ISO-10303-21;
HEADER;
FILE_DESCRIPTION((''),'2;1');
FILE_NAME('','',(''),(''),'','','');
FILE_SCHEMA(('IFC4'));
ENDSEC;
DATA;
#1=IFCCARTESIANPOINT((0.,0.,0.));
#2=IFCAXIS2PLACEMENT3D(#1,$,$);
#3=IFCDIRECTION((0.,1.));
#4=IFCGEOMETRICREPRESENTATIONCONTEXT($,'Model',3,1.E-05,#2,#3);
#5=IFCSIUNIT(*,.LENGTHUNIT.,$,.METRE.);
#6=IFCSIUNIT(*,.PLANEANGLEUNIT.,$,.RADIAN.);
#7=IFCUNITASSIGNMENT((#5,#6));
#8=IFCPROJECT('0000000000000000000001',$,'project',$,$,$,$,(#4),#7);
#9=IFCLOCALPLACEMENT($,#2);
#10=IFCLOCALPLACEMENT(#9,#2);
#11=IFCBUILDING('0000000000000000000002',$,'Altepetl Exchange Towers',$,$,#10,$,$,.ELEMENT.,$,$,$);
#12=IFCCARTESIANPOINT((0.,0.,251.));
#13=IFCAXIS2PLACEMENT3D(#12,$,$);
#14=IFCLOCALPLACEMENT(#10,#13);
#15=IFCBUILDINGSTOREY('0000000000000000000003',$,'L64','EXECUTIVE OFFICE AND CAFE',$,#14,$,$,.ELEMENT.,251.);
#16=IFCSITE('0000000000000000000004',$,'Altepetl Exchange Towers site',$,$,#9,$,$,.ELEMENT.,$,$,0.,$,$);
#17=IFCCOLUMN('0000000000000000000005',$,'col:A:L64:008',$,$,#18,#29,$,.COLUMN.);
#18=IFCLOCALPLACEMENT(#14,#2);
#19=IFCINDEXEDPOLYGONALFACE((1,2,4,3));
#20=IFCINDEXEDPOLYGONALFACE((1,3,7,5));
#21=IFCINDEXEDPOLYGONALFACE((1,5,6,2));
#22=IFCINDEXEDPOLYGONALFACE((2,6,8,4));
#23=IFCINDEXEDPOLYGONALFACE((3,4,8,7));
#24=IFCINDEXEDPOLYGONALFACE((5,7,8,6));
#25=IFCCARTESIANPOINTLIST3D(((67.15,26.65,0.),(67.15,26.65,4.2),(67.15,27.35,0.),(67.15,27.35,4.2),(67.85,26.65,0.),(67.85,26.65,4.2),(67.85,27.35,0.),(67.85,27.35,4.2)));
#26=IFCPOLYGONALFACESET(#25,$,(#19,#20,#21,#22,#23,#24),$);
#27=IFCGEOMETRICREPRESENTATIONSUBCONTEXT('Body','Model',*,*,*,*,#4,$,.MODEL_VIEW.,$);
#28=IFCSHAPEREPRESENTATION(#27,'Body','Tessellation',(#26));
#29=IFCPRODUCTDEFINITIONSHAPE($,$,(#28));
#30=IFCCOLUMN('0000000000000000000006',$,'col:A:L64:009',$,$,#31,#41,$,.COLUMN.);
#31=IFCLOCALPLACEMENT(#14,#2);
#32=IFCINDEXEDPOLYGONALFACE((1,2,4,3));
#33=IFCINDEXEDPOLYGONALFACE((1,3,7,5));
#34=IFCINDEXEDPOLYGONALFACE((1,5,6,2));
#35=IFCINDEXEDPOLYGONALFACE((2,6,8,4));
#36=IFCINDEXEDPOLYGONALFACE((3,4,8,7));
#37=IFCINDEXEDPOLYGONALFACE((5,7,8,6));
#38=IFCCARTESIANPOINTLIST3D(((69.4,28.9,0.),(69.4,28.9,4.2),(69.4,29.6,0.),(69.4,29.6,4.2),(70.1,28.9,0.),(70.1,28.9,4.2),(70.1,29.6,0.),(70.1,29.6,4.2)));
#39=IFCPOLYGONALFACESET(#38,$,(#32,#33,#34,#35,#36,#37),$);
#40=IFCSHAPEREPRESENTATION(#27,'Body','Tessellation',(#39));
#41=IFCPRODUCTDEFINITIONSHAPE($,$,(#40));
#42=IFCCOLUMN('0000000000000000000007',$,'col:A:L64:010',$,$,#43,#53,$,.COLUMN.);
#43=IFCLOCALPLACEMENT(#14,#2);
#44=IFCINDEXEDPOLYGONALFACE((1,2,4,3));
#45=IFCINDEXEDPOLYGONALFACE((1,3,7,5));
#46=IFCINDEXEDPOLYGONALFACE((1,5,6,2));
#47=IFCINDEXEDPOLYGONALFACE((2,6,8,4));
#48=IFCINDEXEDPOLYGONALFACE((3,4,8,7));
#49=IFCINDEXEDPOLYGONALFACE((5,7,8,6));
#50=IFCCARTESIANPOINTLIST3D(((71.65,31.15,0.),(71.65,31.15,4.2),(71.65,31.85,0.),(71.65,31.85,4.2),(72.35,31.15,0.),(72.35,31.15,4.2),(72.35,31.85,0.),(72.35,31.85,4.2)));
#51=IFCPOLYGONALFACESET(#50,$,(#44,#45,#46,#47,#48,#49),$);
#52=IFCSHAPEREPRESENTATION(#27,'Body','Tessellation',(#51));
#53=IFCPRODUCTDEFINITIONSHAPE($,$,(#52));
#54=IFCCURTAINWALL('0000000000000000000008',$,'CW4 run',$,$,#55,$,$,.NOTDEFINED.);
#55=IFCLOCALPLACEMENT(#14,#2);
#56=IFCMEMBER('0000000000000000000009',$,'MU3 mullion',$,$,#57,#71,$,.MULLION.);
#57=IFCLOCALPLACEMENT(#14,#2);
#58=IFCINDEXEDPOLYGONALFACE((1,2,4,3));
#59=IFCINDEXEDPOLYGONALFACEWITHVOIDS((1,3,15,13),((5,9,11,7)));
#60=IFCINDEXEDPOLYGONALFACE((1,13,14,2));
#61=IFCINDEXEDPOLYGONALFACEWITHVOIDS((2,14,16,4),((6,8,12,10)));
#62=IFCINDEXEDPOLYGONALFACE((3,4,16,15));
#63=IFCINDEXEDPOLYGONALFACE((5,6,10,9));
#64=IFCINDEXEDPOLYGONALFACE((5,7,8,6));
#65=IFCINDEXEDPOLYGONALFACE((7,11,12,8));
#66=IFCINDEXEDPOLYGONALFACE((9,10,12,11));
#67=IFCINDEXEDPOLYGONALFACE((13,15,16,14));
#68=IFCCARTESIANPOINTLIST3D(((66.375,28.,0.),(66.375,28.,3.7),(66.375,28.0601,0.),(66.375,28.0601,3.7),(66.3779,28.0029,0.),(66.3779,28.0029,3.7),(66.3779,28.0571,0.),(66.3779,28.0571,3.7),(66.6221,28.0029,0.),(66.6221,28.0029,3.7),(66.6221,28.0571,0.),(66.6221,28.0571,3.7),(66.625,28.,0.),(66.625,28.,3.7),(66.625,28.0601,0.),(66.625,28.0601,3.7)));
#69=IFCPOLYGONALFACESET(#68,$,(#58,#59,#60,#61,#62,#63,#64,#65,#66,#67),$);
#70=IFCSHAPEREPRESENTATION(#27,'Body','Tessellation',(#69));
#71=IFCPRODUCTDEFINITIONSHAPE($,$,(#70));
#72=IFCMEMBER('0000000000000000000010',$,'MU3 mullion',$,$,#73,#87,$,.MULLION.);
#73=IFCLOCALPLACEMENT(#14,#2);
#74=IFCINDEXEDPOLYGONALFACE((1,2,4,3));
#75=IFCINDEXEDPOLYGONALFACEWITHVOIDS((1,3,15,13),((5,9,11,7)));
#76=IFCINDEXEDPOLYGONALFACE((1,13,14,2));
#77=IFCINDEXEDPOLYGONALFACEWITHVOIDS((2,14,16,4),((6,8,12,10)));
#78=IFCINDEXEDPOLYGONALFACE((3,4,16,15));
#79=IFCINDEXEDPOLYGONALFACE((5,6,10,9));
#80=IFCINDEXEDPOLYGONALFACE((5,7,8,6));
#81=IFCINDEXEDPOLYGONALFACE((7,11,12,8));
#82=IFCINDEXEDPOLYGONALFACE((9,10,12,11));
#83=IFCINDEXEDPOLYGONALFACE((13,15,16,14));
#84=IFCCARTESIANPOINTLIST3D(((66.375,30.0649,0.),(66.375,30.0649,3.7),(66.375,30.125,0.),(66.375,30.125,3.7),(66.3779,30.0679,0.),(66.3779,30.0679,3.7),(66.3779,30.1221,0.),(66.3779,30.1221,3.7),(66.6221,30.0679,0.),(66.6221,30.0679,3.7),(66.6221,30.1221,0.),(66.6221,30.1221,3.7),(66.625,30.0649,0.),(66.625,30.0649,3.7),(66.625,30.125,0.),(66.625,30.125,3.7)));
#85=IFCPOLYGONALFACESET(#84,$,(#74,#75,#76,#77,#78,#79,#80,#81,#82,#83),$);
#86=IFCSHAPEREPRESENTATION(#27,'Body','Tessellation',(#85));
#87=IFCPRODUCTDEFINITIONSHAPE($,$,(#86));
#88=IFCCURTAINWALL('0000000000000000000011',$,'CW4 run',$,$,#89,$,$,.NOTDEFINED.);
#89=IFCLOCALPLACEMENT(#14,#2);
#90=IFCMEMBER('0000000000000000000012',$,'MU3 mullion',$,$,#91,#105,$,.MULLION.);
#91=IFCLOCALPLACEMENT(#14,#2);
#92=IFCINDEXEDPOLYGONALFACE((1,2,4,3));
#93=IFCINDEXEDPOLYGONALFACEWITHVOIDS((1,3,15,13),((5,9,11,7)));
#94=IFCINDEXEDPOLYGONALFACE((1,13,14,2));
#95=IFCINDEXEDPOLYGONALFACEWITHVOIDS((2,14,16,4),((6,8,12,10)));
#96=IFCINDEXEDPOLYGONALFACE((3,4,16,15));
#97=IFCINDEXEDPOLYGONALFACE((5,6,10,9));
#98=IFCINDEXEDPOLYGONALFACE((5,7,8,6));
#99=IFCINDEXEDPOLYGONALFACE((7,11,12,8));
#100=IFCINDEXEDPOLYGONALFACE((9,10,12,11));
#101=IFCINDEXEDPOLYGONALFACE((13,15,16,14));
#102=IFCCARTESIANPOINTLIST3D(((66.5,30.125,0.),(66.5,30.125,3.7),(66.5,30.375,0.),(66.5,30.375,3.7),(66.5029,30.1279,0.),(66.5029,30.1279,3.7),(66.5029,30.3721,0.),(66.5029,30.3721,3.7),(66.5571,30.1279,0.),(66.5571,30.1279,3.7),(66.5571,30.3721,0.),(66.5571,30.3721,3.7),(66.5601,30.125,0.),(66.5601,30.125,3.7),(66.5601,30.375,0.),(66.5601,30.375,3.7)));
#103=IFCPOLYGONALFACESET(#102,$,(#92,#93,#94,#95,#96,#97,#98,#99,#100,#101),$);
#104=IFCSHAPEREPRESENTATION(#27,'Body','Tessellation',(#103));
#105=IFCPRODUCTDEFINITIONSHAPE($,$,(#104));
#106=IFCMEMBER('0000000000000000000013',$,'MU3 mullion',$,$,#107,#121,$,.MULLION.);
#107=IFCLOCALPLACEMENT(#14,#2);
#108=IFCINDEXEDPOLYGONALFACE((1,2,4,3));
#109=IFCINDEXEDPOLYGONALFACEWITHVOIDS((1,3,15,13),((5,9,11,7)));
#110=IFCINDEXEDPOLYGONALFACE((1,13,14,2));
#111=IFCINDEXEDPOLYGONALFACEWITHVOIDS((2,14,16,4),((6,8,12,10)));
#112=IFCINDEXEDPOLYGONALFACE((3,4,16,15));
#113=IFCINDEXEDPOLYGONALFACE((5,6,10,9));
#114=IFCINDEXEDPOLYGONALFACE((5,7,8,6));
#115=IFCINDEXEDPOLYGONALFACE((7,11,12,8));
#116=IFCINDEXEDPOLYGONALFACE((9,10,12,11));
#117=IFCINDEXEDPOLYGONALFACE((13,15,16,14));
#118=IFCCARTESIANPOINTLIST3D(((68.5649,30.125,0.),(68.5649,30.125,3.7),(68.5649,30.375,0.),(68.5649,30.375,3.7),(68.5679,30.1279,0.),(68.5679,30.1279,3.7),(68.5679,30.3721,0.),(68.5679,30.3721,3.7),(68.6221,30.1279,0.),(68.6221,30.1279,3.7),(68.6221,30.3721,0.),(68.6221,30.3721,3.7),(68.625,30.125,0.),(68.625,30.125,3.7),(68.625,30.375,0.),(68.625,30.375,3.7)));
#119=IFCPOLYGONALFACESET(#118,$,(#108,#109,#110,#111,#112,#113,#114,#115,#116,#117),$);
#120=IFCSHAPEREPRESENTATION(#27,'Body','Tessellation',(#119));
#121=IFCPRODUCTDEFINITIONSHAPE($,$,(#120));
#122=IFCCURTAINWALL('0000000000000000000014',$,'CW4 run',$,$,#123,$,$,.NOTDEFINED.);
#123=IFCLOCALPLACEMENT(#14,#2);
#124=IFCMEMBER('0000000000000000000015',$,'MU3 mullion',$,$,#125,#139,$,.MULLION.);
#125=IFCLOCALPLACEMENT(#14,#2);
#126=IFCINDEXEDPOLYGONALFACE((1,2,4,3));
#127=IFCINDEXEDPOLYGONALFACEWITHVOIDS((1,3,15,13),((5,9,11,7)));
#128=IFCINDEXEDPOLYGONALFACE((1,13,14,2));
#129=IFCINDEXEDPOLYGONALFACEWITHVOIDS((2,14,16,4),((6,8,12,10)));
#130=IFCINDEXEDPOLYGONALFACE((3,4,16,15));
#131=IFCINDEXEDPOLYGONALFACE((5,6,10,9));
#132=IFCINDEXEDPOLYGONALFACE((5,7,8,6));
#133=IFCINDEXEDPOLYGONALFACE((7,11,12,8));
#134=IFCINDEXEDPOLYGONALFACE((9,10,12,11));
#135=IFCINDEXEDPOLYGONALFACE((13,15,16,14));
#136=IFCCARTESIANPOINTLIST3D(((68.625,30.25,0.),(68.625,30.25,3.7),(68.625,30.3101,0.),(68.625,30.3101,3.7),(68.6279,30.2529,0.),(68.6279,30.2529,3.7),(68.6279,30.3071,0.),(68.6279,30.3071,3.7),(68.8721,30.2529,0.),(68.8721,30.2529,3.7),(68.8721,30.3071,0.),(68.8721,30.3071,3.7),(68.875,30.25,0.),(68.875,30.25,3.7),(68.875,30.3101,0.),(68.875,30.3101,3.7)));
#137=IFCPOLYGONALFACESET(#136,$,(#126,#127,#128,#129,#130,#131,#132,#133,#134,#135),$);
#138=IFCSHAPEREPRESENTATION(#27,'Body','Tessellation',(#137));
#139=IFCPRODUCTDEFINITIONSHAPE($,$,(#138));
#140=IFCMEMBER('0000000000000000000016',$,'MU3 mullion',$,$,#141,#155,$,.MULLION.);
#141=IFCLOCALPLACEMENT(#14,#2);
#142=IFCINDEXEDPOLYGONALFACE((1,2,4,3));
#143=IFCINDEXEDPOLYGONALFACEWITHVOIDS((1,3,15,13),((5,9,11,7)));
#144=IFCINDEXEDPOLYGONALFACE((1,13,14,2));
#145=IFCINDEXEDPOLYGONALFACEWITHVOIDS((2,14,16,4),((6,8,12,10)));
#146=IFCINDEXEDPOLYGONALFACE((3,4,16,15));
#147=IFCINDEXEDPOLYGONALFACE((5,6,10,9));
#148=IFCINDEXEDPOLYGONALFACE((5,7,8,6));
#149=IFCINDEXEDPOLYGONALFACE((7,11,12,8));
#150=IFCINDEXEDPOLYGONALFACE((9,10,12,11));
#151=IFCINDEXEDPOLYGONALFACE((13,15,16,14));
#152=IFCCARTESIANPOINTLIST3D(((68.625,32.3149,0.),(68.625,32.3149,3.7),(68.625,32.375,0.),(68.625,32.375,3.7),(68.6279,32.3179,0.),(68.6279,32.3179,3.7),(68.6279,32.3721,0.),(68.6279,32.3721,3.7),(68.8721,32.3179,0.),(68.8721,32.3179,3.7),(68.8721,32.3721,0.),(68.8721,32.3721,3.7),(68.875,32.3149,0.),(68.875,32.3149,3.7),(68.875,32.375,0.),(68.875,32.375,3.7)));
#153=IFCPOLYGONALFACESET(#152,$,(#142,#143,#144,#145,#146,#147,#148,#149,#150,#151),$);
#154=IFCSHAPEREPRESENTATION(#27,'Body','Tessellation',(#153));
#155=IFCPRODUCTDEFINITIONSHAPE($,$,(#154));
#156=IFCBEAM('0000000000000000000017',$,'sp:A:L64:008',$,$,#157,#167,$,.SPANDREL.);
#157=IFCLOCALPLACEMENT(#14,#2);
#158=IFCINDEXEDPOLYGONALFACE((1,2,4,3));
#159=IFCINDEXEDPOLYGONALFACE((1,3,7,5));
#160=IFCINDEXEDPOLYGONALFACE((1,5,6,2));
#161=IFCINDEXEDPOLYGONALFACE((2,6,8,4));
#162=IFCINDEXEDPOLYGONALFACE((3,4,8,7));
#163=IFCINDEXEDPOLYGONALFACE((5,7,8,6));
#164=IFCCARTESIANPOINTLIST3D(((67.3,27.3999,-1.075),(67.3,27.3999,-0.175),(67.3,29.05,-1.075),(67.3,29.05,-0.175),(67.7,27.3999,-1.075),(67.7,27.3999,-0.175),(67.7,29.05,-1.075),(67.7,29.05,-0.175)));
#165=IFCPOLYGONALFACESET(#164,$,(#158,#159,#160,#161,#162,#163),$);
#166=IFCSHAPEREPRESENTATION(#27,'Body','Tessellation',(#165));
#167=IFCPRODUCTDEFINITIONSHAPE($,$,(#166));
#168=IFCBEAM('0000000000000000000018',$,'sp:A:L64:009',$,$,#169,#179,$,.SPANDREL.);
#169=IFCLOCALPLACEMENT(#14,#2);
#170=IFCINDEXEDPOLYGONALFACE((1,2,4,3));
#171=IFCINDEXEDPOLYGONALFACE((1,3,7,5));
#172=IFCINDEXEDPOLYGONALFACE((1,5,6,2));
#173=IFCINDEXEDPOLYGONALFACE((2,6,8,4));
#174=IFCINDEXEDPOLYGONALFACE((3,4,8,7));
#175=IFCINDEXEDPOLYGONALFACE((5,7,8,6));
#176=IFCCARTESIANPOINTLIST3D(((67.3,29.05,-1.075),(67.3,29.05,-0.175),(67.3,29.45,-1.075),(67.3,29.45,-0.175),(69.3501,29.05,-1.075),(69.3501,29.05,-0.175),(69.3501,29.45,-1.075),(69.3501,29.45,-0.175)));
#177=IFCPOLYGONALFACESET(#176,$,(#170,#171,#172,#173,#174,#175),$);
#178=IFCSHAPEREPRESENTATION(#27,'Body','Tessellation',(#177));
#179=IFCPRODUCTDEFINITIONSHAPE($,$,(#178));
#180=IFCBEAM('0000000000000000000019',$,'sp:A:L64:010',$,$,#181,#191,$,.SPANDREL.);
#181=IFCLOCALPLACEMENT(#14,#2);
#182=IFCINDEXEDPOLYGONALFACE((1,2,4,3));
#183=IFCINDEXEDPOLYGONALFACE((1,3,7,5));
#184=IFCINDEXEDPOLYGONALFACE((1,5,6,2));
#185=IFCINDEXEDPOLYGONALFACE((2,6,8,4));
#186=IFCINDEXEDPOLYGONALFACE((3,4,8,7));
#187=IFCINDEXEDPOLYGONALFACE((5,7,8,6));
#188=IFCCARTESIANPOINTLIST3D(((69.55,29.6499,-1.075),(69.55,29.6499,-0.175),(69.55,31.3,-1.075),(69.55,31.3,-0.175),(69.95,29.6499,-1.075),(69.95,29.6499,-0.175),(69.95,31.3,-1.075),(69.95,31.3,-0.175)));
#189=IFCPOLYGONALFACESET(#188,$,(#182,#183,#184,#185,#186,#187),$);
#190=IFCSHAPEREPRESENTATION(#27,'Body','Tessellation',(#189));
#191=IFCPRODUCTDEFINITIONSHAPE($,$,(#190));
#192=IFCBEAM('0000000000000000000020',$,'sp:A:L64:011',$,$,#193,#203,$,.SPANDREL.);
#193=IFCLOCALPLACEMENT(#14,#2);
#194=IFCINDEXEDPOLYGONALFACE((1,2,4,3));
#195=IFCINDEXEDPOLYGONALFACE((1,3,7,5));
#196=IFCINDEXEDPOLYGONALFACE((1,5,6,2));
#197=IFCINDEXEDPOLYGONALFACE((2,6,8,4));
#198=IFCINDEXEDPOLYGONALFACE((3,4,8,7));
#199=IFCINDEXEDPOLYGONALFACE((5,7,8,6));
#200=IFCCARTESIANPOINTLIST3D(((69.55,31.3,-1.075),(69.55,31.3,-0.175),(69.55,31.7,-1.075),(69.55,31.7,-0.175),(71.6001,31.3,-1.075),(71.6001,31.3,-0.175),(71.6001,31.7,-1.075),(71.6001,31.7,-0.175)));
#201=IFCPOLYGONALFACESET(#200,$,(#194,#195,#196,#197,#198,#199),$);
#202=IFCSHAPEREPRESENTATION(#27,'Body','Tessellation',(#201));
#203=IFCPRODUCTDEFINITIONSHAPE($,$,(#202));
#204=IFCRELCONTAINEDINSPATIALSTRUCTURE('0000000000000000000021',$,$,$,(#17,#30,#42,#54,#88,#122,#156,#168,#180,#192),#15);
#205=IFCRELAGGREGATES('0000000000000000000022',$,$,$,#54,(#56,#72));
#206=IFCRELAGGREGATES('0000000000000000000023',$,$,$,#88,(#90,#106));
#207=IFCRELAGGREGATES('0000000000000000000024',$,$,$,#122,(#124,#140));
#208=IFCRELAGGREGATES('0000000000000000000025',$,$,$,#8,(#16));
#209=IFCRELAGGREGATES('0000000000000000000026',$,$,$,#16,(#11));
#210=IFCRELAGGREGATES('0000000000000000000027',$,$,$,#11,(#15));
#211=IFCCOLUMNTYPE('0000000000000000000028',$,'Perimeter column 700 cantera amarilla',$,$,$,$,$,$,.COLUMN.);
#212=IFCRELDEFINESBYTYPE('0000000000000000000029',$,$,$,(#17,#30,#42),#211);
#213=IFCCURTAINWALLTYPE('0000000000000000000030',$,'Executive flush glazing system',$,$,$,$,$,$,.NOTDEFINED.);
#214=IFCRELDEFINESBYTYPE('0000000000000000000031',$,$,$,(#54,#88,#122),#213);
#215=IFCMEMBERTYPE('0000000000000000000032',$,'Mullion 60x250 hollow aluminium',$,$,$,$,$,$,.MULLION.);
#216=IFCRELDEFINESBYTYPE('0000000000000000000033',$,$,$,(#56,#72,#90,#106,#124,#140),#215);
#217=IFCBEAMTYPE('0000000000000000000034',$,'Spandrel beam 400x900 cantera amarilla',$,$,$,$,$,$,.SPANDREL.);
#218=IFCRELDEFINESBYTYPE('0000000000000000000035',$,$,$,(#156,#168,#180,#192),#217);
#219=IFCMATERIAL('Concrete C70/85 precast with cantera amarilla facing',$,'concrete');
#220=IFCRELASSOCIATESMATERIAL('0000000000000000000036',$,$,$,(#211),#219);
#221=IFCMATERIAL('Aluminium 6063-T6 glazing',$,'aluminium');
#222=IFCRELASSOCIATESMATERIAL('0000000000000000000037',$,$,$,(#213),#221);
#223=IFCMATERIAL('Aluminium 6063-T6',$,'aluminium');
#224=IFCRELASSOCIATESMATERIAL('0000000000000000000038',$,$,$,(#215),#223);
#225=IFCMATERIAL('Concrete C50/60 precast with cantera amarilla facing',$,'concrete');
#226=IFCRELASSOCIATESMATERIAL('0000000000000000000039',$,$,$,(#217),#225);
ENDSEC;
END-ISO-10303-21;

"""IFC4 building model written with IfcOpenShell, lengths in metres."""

from ifc_helpers import new_model, si_unit, direction, frame, origin, origin_2d, place, context, subcontext, project, spatial, rectangle, hollow_rectangle, extrude, material, material_profile, profile_set, type_object, element, aggregate, save


model = new_model("IFC4")

# Units and contexts
model_context = context("Model", 3, precision=1e-05, world=origin(), true_north=direction((0.0, 1.0)))
body_context = subcontext(model_context, "Body", "Model", "MODEL_VIEW")
ifc_project = project(units=[si_unit("LENGTHUNIT", "METRE"), si_unit("PLANEANGLEUNIT", "RADIAN")], contexts=[model_context])

# Site, building, storey
site_placement = place(None, origin())
site = spatial("IfcSite", under=ifc_project, at=site_placement, Name="Altepetl Exchange Towers site", CompositionType="ELEMENT", RefElevation=0.0)
building_placement = place(site_placement, origin())
building = spatial("IfcBuilding", under=site, at=building_placement, Name="Altepetl Exchange Towers", CompositionType="ELEMENT")
storey_placement = place(building_placement, frame((0.0, 0.0, 251.0)))
storey = spatial("IfcBuildingStorey", under=building, at=storey_placement, Name="L64", Description="EXECUTIVE OFFICE AND CAFE", CompositionType="ELEMENT", Elevation=251.0)

# Columns
ifc_material_1 = material(Name="Concrete C70/85 precast with cantera amarilla facing", Category="concrete")
ifc_material_profile_1 = material_profile(ifc_material_1, rectangle(XDim=0.7, YDim=0.7, at=origin_2d()), Name="700 x 700")
ifc_profile_set_1 = profile_set([ifc_material_profile_1], Name="Concrete C70/85 precast with cantera amarilla facing")
column_type = type_object("IfcColumnType", Name="Perimeter column 700 cantera amarilla", PredefinedType="COLUMN", material=ifc_profile_set_1)
for number, where, name in (
    (1, (67.5, 27.0, 0.0), "col:A:L64:008"),
    (2, (69.75, 29.25, 0.0), "col:A:L64:009"),
    (3, (72.0, 31.5, 0.0), "col:A:L64:010"),
):
    element("IfcColumn", number, at=place(storey_placement, frame(where)), inside=storey, type_object=column_type, Name=name, PredefinedType="COLUMN", context=body_context, shape_type="SweptSolid", body=[
        extrude(rectangle(XDim=0.7, YDim=0.7, at=origin_2d()), origin(), (0.0, 0.0, 1.0), 4.2),
    ])

# Curtain walls, members
ifc_material_2 = material(Name="Aluminium 6063-T6 glazing", Category="aluminium")
curtain_wall_type = type_object("IfcCurtainWallType", Name="Executive flush glazing system", PredefinedType="NOTDEFINED", material=ifc_material_2)
curtain_wall_1_placement = place(storey_placement, origin())
curtain_wall_1 = element("IfcCurtainWall", 4, at=curtain_wall_1_placement, inside=storey, type_object=curtain_wall_type, Name="CW4 run", PredefinedType="NOTDEFINED")
ifc_material_3 = material(Name="Aluminium 6063-T6", Category="aluminium")
ifc_material_profile_2 = material_profile(ifc_material_3, hollow_rectangle(XDim=0.0601, YDim=0.25, WallThickness=0.0029, at=origin_2d()), Name="Mullion 60x250 hollow aluminium")
ifc_profile_set_2 = profile_set([ifc_material_profile_2], Name="Aluminium 6063-T6")
member_type_1 = type_object("IfcMemberType", Name="Mullion 60x250 hollow aluminium", PredefinedType="MULLION", material=ifc_profile_set_2)
member_1_placement = place(storey_placement, frame((66.5, 28.03, 0.0), z_axis=(0.0, 0.0, 1.0), x_axis=(0.0, 1.0, 0.0)))
member_1 = element("IfcMember", 5, at=member_1_placement, type_object=member_type_1, Name="MU3 mullion", PredefinedType="MULLION", context=body_context, shape_type="SweptSolid", body=[
    extrude(hollow_rectangle(XDim=0.0601, YDim=0.25, WallThickness=0.0029, at=origin_2d()), origin(), (0.0, 0.0, 1.0), 3.7),
])
member_2_placement = place(storey_placement, frame((66.5, 30.095, 0.0), z_axis=(0.0, 0.0, 1.0), x_axis=(0.0, 1.0, 0.0)))
member_2 = element("IfcMember", 6, at=member_2_placement, type_object=member_type_1, Name="MU3 mullion", PredefinedType="MULLION", context=body_context, shape_type="SweptSolid", body=[
    extrude(hollow_rectangle(XDim=0.0601, YDim=0.25, WallThickness=0.0029, at=origin_2d()), origin(), (0.0, 0.0, 1.0), 3.7),
])
curtain_wall_2_placement = place(storey_placement, origin())
curtain_wall_2 = element("IfcCurtainWall", 7, at=curtain_wall_2_placement, inside=storey, type_object=curtain_wall_type, Name="CW4 run", PredefinedType="NOTDEFINED")
member_3_placement = place(storey_placement, frame((66.53, 30.25, 0.0)))
member_3 = element("IfcMember", 8, at=member_3_placement, type_object=member_type_1, Name="MU3 mullion", PredefinedType="MULLION", context=body_context, shape_type="SweptSolid", body=[
    extrude(hollow_rectangle(XDim=0.0601, YDim=0.25, WallThickness=0.0029, at=origin_2d()), origin(), (0.0, 0.0, 1.0), 3.7),
])
member_4_placement = place(storey_placement, frame((68.595, 30.25, 0.0)))
member_4 = element("IfcMember", 9, at=member_4_placement, type_object=member_type_1, Name="MU3 mullion", PredefinedType="MULLION", context=body_context, shape_type="SweptSolid", body=[
    extrude(hollow_rectangle(XDim=0.0601, YDim=0.25, WallThickness=0.0029, at=origin_2d()), origin(), (0.0, 0.0, 1.0), 3.7),
])
curtain_wall_3_placement = place(storey_placement, origin())
curtain_wall_3 = element("IfcCurtainWall", 10, at=curtain_wall_3_placement, inside=storey, type_object=curtain_wall_type, Name="CW4 run", PredefinedType="NOTDEFINED")
member_5_placement = place(storey_placement, frame((68.75, 30.28, 0.0), z_axis=(0.0, 0.0, 1.0), x_axis=(0.0, 1.0, 0.0)))
member_5 = element("IfcMember", 11, at=member_5_placement, type_object=member_type_1, Name="MU3 mullion", PredefinedType="MULLION", context=body_context, shape_type="SweptSolid", body=[
    extrude(hollow_rectangle(XDim=0.0601, YDim=0.25, WallThickness=0.0029, at=origin_2d()), origin(), (0.0, 0.0, 1.0), 3.7),
])
member_6_placement = place(storey_placement, frame((68.75, 32.345, 0.0), z_axis=(0.0, 0.0, 1.0), x_axis=(0.0, 1.0, 0.0)))
member_6 = element("IfcMember", 12, at=member_6_placement, type_object=member_type_1, Name="MU3 mullion", PredefinedType="MULLION", context=body_context, shape_type="SweptSolid", body=[
    extrude(hollow_rectangle(XDim=0.0601, YDim=0.25, WallThickness=0.0029, at=origin_2d()), origin(), (0.0, 0.0, 1.0), 3.7),
])

# Beams
ifc_material_4 = material(Name="Concrete C50/60 precast with cantera amarilla facing", Category="concrete")
ifc_material_profile_3 = material_profile(ifc_material_4, rectangle(XDim=0.3999, YDim=0.8999, at=origin_2d()), Name="400 x 900")
ifc_profile_set_3 = profile_set([ifc_material_profile_3], Name="Concrete C50/60 precast with cantera amarilla facing")
beam_type = type_object("IfcBeamType", Name="Spandrel beam 400x900 cantera amarilla", PredefinedType="SPANDREL", material=ifc_profile_set_3)
beam_1_placement = place(storey_placement, frame((67.5, 27.3999, -0.625), z_axis=(0.0, 1.0, 0.0), x_axis=(-1.0, 0.0, 0.0)))
element("IfcBeam", 13, at=beam_1_placement, inside=storey, type_object=beam_type, Name="sp:A:L64:008", PredefinedType="SPANDREL", context=body_context, shape_type="SweptSolid", body=[
    extrude(rectangle(XDim=0.3999, YDim=0.8999, at=origin_2d()), origin(), (0.0, 0.0, 1.0), 1.6501),
])
beam_2_placement = place(storey_placement, frame((67.3, 29.25, -0.625), z_axis=(1.0, 0.0, 0.0), x_axis=(0.0, 1.0, 0.0)))
element("IfcBeam", 14, at=beam_2_placement, inside=storey, type_object=beam_type, Name="sp:A:L64:009", PredefinedType="SPANDREL", context=body_context, shape_type="SweptSolid", body=[
    extrude(rectangle(XDim=0.3999, YDim=0.8999, at=origin_2d()), origin(), (0.0, 0.0, 1.0), 2.05),
])
beam_3_placement = place(storey_placement, frame((69.75, 29.6499, -0.625), z_axis=(0.0, 1.0, 0.0), x_axis=(-1.0, 0.0, 0.0)))
element("IfcBeam", 15, at=beam_3_placement, inside=storey, type_object=beam_type, Name="sp:A:L64:010", PredefinedType="SPANDREL", context=body_context, shape_type="SweptSolid", body=[
    extrude(rectangle(XDim=0.3999, YDim=0.8999, at=origin_2d()), origin(), (0.0, 0.0, 1.0), 1.6501),
])
beam_4_placement = place(storey_placement, frame((69.55, 31.5, -0.625), z_axis=(1.0, 0.0, 0.0), x_axis=(0.0, 1.0, 0.0)))
element("IfcBeam", 16, at=beam_4_placement, inside=storey, type_object=beam_type, Name="sp:A:L64:011", PredefinedType="SPANDREL", context=body_context, shape_type="SweptSolid", body=[
    extrude(rectangle(XDim=0.3999, YDim=0.8999, at=origin_2d()), origin(), (0.0, 0.0, 1.0), 2.05),
])

aggregate(curtain_wall_1, [member_1, member_2])
aggregate(curtain_wall_2, [member_3, member_4])
aggregate(curtain_wall_3, [member_5, member_6])

save(model, "model.ifc")
